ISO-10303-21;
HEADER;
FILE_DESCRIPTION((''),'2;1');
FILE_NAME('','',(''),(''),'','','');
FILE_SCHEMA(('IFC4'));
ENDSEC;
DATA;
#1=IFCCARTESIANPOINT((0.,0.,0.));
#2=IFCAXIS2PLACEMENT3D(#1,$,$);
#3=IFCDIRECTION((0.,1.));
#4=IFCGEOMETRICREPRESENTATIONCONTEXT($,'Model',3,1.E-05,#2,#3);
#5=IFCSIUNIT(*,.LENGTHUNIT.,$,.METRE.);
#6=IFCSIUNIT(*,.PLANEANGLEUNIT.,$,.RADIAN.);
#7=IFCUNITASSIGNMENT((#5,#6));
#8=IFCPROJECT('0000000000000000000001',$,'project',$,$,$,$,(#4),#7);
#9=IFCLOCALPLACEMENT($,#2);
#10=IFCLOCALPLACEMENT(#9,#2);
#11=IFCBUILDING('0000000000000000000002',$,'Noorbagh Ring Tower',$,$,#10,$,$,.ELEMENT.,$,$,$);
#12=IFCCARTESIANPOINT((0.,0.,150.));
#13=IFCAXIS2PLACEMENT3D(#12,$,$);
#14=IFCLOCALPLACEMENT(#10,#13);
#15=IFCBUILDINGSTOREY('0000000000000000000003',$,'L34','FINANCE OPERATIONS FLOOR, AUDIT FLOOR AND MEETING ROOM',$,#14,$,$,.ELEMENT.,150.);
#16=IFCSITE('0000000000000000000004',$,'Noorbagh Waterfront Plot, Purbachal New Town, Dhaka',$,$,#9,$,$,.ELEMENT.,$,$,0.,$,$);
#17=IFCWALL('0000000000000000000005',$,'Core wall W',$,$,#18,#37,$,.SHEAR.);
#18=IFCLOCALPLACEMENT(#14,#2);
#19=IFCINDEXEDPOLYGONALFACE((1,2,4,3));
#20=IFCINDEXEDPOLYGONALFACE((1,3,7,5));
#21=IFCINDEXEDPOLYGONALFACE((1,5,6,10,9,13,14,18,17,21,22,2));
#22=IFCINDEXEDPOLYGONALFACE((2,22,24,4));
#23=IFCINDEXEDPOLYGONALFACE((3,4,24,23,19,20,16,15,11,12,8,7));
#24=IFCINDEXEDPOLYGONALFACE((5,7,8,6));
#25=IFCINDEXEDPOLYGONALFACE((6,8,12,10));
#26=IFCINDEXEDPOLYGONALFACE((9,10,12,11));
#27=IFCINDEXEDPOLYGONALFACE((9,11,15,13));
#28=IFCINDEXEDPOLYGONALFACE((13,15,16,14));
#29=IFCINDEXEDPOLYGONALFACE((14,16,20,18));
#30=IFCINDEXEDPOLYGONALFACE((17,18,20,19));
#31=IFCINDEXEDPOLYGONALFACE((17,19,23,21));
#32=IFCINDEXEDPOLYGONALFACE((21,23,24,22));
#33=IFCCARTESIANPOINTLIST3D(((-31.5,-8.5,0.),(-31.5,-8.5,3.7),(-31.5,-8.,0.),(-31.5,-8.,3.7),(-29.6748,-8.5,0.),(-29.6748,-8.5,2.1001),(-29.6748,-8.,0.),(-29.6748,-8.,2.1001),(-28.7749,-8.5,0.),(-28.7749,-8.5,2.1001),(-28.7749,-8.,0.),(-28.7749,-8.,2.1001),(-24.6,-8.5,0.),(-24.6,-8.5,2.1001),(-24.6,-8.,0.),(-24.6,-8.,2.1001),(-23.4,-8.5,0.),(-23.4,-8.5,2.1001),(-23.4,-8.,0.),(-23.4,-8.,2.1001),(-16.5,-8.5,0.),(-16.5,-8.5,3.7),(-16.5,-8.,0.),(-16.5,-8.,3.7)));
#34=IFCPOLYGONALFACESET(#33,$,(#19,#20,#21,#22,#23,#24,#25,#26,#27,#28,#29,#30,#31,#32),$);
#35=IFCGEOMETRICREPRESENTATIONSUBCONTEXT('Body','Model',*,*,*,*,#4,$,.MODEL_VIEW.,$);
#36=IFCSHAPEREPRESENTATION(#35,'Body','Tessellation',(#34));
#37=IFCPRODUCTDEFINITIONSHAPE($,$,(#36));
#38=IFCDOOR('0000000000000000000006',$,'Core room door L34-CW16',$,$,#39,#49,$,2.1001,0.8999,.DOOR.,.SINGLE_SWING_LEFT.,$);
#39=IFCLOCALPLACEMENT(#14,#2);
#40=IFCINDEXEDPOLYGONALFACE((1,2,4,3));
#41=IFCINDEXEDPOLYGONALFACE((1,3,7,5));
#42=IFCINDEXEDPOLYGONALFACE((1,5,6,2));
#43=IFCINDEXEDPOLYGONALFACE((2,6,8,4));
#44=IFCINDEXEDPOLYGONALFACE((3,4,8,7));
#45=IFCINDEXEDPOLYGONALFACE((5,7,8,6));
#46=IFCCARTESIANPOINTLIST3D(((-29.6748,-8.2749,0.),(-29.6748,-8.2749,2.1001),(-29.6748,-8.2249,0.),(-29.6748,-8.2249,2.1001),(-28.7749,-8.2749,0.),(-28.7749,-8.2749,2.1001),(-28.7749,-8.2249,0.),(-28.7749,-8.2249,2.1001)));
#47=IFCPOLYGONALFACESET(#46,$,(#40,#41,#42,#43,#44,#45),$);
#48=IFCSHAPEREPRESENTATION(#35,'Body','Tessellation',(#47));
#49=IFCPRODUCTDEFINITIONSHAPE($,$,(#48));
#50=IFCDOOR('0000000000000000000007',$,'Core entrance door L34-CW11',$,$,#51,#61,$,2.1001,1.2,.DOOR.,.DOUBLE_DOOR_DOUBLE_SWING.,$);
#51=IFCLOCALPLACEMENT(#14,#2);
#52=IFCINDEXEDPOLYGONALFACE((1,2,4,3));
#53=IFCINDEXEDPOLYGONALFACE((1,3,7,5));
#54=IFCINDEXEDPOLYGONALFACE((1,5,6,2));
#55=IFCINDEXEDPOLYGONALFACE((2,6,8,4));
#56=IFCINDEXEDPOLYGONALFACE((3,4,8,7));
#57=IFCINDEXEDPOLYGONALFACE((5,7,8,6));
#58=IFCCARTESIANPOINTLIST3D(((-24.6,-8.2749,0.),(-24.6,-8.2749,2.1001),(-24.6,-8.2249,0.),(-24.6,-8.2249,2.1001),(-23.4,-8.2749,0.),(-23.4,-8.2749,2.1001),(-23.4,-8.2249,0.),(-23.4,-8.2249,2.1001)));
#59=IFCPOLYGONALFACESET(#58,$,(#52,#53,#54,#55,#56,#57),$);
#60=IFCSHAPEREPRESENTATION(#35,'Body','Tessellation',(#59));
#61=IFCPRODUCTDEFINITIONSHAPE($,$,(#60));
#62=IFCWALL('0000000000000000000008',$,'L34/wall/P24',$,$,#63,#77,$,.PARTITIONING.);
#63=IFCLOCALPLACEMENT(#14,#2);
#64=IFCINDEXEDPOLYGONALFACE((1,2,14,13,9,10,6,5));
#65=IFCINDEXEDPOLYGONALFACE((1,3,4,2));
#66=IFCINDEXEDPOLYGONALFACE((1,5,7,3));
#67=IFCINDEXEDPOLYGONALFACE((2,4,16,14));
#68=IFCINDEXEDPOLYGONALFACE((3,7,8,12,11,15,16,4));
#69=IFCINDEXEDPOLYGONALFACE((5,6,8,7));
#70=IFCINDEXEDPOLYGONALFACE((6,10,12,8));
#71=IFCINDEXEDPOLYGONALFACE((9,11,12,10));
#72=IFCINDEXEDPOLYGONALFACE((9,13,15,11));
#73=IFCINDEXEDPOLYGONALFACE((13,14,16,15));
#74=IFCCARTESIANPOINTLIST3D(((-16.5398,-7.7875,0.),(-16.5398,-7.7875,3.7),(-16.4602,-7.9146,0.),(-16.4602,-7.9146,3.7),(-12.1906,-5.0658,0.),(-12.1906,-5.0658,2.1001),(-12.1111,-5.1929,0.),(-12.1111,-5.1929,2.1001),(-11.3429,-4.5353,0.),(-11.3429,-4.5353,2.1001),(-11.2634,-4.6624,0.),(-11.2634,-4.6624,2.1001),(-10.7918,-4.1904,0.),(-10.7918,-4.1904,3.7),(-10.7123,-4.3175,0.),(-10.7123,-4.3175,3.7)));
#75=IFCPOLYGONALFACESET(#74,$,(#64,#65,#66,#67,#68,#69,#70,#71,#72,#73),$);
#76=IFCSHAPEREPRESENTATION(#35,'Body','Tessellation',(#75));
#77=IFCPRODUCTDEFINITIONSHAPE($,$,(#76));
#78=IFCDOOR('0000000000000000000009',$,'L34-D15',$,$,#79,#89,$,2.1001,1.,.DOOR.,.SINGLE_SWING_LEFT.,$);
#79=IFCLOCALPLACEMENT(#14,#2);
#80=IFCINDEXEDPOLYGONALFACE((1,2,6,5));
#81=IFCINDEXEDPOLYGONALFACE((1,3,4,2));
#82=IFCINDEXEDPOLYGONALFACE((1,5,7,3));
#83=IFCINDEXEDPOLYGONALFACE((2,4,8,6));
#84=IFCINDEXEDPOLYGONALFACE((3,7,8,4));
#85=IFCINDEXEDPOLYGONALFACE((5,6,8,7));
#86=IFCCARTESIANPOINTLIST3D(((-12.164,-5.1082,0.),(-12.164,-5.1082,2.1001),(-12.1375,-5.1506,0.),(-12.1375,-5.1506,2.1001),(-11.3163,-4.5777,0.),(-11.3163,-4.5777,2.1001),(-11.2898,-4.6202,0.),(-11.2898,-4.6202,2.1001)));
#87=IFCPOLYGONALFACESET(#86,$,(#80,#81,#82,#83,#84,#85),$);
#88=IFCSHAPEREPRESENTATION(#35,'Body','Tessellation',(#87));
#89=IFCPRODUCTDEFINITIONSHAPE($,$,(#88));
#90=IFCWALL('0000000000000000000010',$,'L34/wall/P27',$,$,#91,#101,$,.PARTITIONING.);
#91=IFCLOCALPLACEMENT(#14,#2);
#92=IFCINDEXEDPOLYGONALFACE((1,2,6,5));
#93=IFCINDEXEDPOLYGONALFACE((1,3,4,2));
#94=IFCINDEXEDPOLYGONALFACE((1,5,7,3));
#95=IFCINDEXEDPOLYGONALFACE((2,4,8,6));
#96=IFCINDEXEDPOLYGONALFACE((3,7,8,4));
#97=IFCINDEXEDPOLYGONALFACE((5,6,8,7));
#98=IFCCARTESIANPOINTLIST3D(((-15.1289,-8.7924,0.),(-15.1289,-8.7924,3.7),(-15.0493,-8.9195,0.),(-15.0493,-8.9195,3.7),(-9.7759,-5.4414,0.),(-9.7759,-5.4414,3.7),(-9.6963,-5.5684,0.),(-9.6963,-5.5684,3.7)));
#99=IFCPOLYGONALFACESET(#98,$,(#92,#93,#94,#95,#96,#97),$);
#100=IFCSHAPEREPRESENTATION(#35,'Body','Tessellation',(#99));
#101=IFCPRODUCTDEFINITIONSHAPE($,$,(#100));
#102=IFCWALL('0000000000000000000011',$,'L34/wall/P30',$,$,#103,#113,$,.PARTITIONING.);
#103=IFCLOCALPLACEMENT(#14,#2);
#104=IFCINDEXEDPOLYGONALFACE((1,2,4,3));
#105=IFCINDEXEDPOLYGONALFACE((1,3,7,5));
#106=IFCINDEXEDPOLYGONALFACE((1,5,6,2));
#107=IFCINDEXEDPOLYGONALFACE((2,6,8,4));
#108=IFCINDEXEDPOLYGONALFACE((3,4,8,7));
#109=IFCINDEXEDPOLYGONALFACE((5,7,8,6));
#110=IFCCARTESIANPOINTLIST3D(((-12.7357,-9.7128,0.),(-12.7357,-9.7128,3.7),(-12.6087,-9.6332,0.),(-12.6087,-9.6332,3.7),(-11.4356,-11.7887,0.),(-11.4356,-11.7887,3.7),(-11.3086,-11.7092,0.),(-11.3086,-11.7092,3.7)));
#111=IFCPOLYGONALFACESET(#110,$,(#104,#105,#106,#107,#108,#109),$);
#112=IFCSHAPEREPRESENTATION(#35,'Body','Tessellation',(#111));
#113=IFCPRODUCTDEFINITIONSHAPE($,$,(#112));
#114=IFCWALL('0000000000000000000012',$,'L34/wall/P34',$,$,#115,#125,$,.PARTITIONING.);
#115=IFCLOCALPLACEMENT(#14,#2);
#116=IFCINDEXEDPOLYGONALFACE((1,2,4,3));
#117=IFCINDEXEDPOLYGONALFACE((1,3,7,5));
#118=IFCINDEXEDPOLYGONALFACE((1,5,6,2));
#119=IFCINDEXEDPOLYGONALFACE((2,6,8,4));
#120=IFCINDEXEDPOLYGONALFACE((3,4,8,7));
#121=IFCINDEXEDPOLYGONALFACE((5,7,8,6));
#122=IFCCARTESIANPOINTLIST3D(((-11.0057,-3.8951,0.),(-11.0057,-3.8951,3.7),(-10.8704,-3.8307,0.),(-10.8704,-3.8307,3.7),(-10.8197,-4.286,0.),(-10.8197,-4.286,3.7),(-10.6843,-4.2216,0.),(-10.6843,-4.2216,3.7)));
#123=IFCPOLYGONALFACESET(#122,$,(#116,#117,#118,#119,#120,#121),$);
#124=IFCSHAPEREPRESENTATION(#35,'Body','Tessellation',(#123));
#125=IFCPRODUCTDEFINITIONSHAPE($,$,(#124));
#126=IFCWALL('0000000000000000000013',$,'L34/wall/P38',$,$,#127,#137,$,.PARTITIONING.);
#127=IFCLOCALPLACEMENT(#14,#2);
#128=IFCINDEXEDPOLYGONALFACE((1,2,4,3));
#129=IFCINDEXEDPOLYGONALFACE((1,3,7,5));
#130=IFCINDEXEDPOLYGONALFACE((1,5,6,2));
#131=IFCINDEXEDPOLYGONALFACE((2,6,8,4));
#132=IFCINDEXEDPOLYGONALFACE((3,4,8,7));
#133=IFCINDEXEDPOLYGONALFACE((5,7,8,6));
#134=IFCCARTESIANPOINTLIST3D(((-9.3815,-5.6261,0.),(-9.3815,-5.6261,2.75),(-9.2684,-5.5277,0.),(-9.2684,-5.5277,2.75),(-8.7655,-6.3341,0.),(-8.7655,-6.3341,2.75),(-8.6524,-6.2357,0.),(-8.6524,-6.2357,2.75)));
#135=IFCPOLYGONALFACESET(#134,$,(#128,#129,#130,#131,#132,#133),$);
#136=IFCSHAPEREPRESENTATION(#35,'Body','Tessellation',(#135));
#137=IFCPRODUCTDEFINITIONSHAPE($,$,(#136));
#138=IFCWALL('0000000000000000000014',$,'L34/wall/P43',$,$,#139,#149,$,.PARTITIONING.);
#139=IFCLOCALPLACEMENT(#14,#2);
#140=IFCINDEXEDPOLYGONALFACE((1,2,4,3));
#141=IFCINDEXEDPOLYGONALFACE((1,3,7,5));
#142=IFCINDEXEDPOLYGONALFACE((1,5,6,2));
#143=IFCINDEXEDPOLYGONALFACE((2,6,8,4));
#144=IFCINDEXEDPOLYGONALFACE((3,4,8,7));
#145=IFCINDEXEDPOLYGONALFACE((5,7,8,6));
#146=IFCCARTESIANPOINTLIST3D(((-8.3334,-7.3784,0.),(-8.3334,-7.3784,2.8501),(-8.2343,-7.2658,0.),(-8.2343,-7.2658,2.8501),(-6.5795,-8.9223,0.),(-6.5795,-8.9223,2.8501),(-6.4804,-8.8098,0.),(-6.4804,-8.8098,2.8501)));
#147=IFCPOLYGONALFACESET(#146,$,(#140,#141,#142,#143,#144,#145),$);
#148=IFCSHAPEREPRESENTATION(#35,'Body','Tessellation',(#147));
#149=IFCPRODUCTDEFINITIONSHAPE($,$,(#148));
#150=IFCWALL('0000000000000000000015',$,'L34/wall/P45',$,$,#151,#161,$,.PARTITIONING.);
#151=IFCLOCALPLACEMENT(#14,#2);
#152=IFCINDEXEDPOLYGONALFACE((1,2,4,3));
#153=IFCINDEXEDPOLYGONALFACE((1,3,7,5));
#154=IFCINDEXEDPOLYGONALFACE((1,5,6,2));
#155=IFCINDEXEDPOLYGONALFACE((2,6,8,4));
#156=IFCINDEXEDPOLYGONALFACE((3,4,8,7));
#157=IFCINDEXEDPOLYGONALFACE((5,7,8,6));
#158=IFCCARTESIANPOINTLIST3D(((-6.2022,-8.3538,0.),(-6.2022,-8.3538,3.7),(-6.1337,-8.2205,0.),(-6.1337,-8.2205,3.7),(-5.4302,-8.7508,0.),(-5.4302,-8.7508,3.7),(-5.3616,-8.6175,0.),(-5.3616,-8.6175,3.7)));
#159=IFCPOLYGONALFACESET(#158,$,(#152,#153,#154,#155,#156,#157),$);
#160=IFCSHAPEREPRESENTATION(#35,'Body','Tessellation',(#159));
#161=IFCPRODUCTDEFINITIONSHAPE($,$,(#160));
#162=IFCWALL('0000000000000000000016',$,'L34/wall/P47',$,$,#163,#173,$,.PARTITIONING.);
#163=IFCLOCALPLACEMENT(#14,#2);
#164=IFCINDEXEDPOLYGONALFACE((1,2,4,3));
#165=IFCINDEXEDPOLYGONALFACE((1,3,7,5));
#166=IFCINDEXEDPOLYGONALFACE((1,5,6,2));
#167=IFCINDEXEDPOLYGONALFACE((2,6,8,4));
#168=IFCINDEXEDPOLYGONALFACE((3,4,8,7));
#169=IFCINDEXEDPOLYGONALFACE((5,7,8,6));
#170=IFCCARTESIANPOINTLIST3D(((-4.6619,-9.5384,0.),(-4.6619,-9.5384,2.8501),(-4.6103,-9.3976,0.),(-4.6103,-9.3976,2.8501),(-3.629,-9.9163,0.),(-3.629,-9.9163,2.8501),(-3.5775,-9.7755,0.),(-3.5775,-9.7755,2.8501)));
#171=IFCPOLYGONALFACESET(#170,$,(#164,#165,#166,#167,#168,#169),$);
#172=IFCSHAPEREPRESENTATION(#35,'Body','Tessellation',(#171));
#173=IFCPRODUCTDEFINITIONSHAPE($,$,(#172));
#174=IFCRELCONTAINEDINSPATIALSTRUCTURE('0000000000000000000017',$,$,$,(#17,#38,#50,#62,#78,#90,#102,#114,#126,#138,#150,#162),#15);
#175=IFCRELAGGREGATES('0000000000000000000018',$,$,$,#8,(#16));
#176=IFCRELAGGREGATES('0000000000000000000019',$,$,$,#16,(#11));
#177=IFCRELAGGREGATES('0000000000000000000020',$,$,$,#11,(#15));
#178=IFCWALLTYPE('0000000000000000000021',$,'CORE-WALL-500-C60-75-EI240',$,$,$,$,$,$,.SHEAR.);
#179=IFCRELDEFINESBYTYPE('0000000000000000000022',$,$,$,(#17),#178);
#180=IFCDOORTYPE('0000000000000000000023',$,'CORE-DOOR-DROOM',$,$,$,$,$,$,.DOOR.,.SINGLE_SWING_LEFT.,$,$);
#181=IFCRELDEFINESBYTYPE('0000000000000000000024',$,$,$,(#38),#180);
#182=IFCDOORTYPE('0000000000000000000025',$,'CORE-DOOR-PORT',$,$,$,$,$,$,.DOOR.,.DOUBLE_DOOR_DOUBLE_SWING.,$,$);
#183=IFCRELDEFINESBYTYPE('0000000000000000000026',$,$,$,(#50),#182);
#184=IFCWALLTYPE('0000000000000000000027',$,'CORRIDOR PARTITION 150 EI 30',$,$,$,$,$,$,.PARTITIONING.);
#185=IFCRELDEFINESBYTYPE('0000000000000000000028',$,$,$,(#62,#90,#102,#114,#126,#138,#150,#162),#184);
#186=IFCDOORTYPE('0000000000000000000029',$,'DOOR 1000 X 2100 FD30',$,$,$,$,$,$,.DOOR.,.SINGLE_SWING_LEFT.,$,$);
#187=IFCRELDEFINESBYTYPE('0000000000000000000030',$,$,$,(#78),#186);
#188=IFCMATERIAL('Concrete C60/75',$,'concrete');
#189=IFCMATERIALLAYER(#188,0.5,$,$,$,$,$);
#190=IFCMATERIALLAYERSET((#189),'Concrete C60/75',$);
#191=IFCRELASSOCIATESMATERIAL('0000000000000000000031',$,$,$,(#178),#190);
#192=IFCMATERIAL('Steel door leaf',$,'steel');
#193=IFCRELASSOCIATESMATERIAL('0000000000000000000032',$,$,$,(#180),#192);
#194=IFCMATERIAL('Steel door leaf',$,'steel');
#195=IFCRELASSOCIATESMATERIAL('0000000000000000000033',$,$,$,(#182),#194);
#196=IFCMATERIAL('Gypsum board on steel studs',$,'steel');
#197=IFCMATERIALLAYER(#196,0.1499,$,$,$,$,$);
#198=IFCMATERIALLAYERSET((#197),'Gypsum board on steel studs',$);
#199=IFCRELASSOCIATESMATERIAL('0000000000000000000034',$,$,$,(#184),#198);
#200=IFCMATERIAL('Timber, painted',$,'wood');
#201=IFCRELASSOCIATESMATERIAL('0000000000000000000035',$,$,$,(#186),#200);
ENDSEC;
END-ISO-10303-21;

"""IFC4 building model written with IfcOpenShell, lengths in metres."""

from ifc_helpers import new_model, si_unit, direction, frame, frame_2d, origin, place, context, subcontext, project, spatial, rectangle, extrude, material, layer, layer_set, type_object, element, fill, save


model = new_model("IFC4")

# Units and contexts
model_context = context("Model", 3, precision=1e-05, world=origin(), true_north=direction((0.0, 1.0)))
body_context = subcontext(model_context, "Body", "Model", "MODEL_VIEW")
ifc_project = project(units=[si_unit("LENGTHUNIT", "METRE"), si_unit("PLANEANGLEUNIT", "RADIAN")], contexts=[model_context])

# Site, building, storey
site_placement = place(None, origin())
site = spatial("IfcSite", under=ifc_project, at=site_placement, Name="Noorbagh Waterfront Plot, Purbachal New Town, Dhaka", CompositionType="ELEMENT", RefElevation=0.0)
building_placement = place(site_placement, origin())
building = spatial("IfcBuilding", under=site, at=building_placement, Name="Noorbagh Ring Tower", CompositionType="ELEMENT")
storey_placement = place(building_placement, frame((0.0, 0.0, 150.0)))
storey = spatial("IfcBuildingStorey", under=building, at=storey_placement, Name="L34", Description="FINANCE OPERATIONS FLOOR, AUDIT FLOOR AND MEETING ROOM", CompositionType="ELEMENT", Elevation=150.0)

# Wall, openings, doors
ifc_material_1 = material(Name="Concrete C60/75", Category="concrete")
ifc_layer_1 = layer(ifc_material_1, 0.5)
ifc_layer_set_1 = layer_set([ifc_layer_1], Name="Concrete C60/75")
wall_type_1 = type_object("IfcWallType", Name="CORE-WALL-500-C60-75-EI240", PredefinedType="SHEAR", material=ifc_layer_set_1)
wall_1_placement = place(storey_placement, frame((-16.5, -8.25, 0.0), z_axis=(0.0, 0.0, 1.0), x_axis=(-1.0, 0.0, 0.0)))
wall_1 = element("IfcWall", 1, at=wall_1_placement, inside=storey, type_object=wall_type_1, Name="Core wall W", PredefinedType="SHEAR", context=body_context, shape_type="SweptSolid", body=[
    extrude(rectangle(XDim=15.0, YDim=0.5, at=frame_2d((7.5, 0.0))), origin(), (0.0, 0.0, 1.0), 3.7),
])
opening_1_placement = place(wall_1_placement, frame((6.8999, 0.0, 0.0)))
opening_1 = element("IfcOpeningElement", 2, at=opening_1_placement, cuts=wall_1, PredefinedType="OPENING", context=body_context, shape_type="SweptSolid", body=[
    extrude(rectangle(XDim=1.2, YDim=2.1001, at=frame_2d((0.6001, 1.05))), frame((0.0, 0.26, 0.0), z_axis=(0.0, -1.0, 0.0), x_axis=(1.0, 0.0, 0.0)), (0.0, 0.0, 1.0), 0.52),
])
opening_2_placement = place(wall_1_placement, frame((12.2749, 0.0, 0.0)))
opening_2 = element("IfcOpeningElement", 3, at=opening_2_placement, cuts=wall_1, PredefinedType="OPENING", context=body_context, shape_type="SweptSolid", body=[
    extrude(rectangle(XDim=0.8999, YDim=2.1001, at=frame_2d((0.45, 1.05))), frame((0.0, 0.26, 0.0), z_axis=(0.0, -1.0, 0.0), x_axis=(1.0, 0.0, 0.0)), (0.0, 0.0, 1.0), 0.52),
])
ifc_material_2 = material(Name="Steel door leaf", Category="steel")
door_type_1 = type_object("IfcDoorType", Name="CORE-DOOR-DROOM", OperationType="SINGLE_SWING_LEFT", PredefinedType="DOOR", material=ifc_material_2)
door_1_placement = place(opening_2_placement, origin())
door_1 = element("IfcDoor", 4, at=door_1_placement, inside=storey, type_object=door_type_1, Name="Core room door L34-CW16", OperationType="SINGLE_SWING_LEFT", OverallHeight=2.1001, OverallWidth=0.8999, PredefinedType="DOOR", context=body_context, shape_type="SweptSolid", body=[
    extrude(rectangle(XDim=0.8999, YDim=2.1001, at=frame_2d((0.45, 1.05))), frame((0.0, 0.0249, 0.0), z_axis=(0.0, -1.0, 0.0), x_axis=(1.0, 0.0, 0.0)), (0.0, 0.0, 1.0), 0.05),
])
fill(opening_2, door_1)
ifc_material_3 = material(Name="Steel door leaf", Category="steel")
door_type_2 = type_object("IfcDoorType", Name="CORE-DOOR-PORT", OperationType="DOUBLE_DOOR_DOUBLE_SWING", PredefinedType="DOOR", material=ifc_material_3)
door_2_placement = place(opening_1_placement, origin())
door_2 = element("IfcDoor", 5, at=door_2_placement, inside=storey, type_object=door_type_2, Name="Core entrance door L34-CW11", OperationType="DOUBLE_DOOR_DOUBLE_SWING", OverallHeight=2.1001, OverallWidth=1.2, PredefinedType="DOOR", context=body_context, shape_type="SweptSolid", body=[
    extrude(rectangle(XDim=1.2, YDim=2.1001, at=frame_2d((0.6001, 1.05))), frame((0.0, 0.0249, 0.0), z_axis=(0.0, -1.0, 0.0), x_axis=(1.0, 0.0, 0.0)), (0.0, 0.0, 1.0), 0.05),
])
fill(opening_1, door_2)

# Wall, opening, door
ifc_material_4 = material(Name="Gypsum board on steel studs", Category="steel")
ifc_layer_2 = layer(ifc_material_4, 0.1499)
ifc_layer_set_2 = layer_set([ifc_layer_2], Name="Gypsum board on steel studs")
wall_type_2 = type_object("IfcWallType", Name="CORRIDOR PARTITION 150 EI 30", PredefinedType="PARTITIONING", material=ifc_layer_set_2)
wall_2_placement = place(storey_placement, frame((-16.5, -7.8511, 0.0), z_axis=(0.0, 0.0, 1.0), x_axis=(0.847691, 0.530491, 0.0)))
wall_2 = element("IfcWall", 6, at=wall_2_placement, inside=storey, type_object=wall_type_2, Name="L34/wall/P24", PredefinedType="PARTITIONING", context=body_context, shape_type="SweptSolid", body=[
    extrude(rectangle(XDim=6.7808, YDim=0.1499, at=frame_2d((3.3904, 0.0))), origin(), (0.0, 0.0, 1.0), 3.7),
])
opening_3_placement = place(wall_2_placement, frame((5.1306, 0.0, 0.0)))
opening_3 = element("IfcOpeningElement", 7, at=opening_3_placement, cuts=wall_2, PredefinedType="OPENING", context=body_context, shape_type="SweptSolid", body=[
    extrude(rectangle(XDim=1.0, YDim=2.1001, at=frame_2d((0.5, 1.05))), frame((0.0, 0.085, 0.0), z_axis=(0.0, -1.0, 0.0), x_axis=(1.0, 0.0, 0.0)), (0.0, 0.0, 1.0), 0.1699),
])
ifc_material_5 = material(Name="Timber, painted", Category="wood")
door_type_3 = type_object("IfcDoorType", Name="DOOR 1000 X 2100 FD30", OperationType="SINGLE_SWING_LEFT", PredefinedType="DOOR", material=ifc_material_5)
door_3_placement = place(opening_3_placement, origin())
door_3 = element("IfcDoor", 8, at=door_3_placement, inside=storey, type_object=door_type_3, Name="L34-D15", OperationType="SINGLE_SWING_LEFT", OverallHeight=2.1001, OverallWidth=1.0, PredefinedType="DOOR", context=body_context, shape_type="SweptSolid", body=[
    extrude(rectangle(XDim=1.0, YDim=2.1001, at=frame_2d((0.5, 1.05))), frame((0.0, 0.0249, 0.0), z_axis=(0.0, -1.0, 0.0), x_axis=(1.0, 0.0, 0.0)), (0.0, 0.0, 1.0), 0.05),
])
fill(opening_3, door_3)

# Walls
wall_3_placement = place(storey_placement, frame((-15.0891, -8.856, 0.0), z_axis=(0.0, 0.0, 1.0), x_axis=(0.847612, 0.530617, 0.0)))
element("IfcWall", 9, at=wall_3_placement, inside=storey, type_object=wall_type_2, Name="L34/wall/P27", PredefinedType="PARTITIONING", context=body_context, shape_type="SweptSolid", body=[
    extrude(rectangle(XDim=6.3154, YDim=0.1499, at=frame_2d((3.1577, 0.0))), origin(), (0.0, 0.0, 1.0), 3.7),
])
wall_4_placement = place(storey_placement, frame((-12.6721, -9.6731, 0.0), z_axis=(0.0, 0.0, 1.0), x_axis=(0.53076, -0.847522, 0.0)))
element("IfcWall", 10, at=wall_4_placement, inside=storey, type_object=wall_type_2, Name="L34/wall/P30", PredefinedType="PARTITIONING", context=body_context, shape_type="SweptSolid", body=[
    extrude(rectangle(XDim=2.4495, YDim=0.1499, at=frame_2d((1.2246, 0.0))), origin(), (0.0, 0.0, 1.0), 3.7),
])
wall_5_placement = place(storey_placement, frame((-10.938, -3.863, 0.0), z_axis=(0.0, 0.0, 1.0), x_axis=(0.429758, -0.902944, 0.0)))
element("IfcWall", 11, at=wall_5_placement, inside=storey, type_object=wall_type_2, Name="L34/wall/P34", PredefinedType="PARTITIONING", context=body_context, shape_type="SweptSolid", body=[
    extrude(rectangle(XDim=0.4329, YDim=0.1499, at=frame_2d((0.2163, 0.0))), origin(), (0.0, 0.0, 1.0), 3.7),
])
wall_6_placement = place(storey_placement, frame((-9.325, -5.5769, 0.0), z_axis=(0.0, 0.0, 1.0), x_axis=(0.656365, -0.754443, 0.0)))
element("IfcWall", 12, at=wall_6_placement, inside=storey, type_object=wall_type_2, Name="L34/wall/P38", PredefinedType="PARTITIONING", context=body_context, shape_type="SweptSolid", body=[
    extrude(rectangle(XDim=0.9385, YDim=0.1499, at=frame_2d((0.4692, 0.0))), origin(), (0.0, 0.0, 1.0), 2.75),
])
wall_7_placement = place(storey_placement, frame((-8.2839, -7.322, 0.0), z_axis=(0.0, 0.0, 1.0), x_axis=(0.750606, -0.66075, 0.0)))
element("IfcWall", 13, at=wall_7_placement, inside=storey, type_object=wall_type_2, Name="L34/wall/P43", PredefinedType="PARTITIONING", context=body_context, shape_type="SweptSolid", body=[
    extrude(rectangle(XDim=2.3367, YDim=0.1499, at=frame_2d((1.1685, 0.0))), origin(), (0.0, 0.0, 1.0), 2.8501),
])
wall_8_placement = place(storey_placement, frame((-6.168, -8.2871, 0.0), z_axis=(0.0, 0.0, 1.0), x_axis=(0.889307, -0.45731, 0.0)))
element("IfcWall", 14, at=wall_8_placement, inside=storey, type_object=wall_type_2, Name="L34/wall/P45", PredefinedType="PARTITIONING", context=body_context, shape_type="SweptSolid", body=[
    extrude(rectangle(XDim=0.8682, YDim=0.1499, at=frame_2d((0.4341, 0.0))), origin(), (0.0, 0.0, 1.0), 3.7),
])
wall_9_placement = place(storey_placement, frame((-4.636, -9.468, 0.0), z_axis=(0.0, 0.0, 1.0), x_axis=(0.939118, -0.343596, 0.0)))
element("IfcWall", 15, at=wall_9_placement, inside=storey, type_object=wall_type_2, Name="L34/wall/P47", PredefinedType="PARTITIONING", context=body_context, shape_type="SweptSolid", body=[
    extrude(rectangle(XDim=1.0999, YDim=0.1499, at=frame_2d((0.5498, 0.0))), origin(), (0.0, 0.0, 1.0), 2.8501),
])

save(model, "model.ifc")
